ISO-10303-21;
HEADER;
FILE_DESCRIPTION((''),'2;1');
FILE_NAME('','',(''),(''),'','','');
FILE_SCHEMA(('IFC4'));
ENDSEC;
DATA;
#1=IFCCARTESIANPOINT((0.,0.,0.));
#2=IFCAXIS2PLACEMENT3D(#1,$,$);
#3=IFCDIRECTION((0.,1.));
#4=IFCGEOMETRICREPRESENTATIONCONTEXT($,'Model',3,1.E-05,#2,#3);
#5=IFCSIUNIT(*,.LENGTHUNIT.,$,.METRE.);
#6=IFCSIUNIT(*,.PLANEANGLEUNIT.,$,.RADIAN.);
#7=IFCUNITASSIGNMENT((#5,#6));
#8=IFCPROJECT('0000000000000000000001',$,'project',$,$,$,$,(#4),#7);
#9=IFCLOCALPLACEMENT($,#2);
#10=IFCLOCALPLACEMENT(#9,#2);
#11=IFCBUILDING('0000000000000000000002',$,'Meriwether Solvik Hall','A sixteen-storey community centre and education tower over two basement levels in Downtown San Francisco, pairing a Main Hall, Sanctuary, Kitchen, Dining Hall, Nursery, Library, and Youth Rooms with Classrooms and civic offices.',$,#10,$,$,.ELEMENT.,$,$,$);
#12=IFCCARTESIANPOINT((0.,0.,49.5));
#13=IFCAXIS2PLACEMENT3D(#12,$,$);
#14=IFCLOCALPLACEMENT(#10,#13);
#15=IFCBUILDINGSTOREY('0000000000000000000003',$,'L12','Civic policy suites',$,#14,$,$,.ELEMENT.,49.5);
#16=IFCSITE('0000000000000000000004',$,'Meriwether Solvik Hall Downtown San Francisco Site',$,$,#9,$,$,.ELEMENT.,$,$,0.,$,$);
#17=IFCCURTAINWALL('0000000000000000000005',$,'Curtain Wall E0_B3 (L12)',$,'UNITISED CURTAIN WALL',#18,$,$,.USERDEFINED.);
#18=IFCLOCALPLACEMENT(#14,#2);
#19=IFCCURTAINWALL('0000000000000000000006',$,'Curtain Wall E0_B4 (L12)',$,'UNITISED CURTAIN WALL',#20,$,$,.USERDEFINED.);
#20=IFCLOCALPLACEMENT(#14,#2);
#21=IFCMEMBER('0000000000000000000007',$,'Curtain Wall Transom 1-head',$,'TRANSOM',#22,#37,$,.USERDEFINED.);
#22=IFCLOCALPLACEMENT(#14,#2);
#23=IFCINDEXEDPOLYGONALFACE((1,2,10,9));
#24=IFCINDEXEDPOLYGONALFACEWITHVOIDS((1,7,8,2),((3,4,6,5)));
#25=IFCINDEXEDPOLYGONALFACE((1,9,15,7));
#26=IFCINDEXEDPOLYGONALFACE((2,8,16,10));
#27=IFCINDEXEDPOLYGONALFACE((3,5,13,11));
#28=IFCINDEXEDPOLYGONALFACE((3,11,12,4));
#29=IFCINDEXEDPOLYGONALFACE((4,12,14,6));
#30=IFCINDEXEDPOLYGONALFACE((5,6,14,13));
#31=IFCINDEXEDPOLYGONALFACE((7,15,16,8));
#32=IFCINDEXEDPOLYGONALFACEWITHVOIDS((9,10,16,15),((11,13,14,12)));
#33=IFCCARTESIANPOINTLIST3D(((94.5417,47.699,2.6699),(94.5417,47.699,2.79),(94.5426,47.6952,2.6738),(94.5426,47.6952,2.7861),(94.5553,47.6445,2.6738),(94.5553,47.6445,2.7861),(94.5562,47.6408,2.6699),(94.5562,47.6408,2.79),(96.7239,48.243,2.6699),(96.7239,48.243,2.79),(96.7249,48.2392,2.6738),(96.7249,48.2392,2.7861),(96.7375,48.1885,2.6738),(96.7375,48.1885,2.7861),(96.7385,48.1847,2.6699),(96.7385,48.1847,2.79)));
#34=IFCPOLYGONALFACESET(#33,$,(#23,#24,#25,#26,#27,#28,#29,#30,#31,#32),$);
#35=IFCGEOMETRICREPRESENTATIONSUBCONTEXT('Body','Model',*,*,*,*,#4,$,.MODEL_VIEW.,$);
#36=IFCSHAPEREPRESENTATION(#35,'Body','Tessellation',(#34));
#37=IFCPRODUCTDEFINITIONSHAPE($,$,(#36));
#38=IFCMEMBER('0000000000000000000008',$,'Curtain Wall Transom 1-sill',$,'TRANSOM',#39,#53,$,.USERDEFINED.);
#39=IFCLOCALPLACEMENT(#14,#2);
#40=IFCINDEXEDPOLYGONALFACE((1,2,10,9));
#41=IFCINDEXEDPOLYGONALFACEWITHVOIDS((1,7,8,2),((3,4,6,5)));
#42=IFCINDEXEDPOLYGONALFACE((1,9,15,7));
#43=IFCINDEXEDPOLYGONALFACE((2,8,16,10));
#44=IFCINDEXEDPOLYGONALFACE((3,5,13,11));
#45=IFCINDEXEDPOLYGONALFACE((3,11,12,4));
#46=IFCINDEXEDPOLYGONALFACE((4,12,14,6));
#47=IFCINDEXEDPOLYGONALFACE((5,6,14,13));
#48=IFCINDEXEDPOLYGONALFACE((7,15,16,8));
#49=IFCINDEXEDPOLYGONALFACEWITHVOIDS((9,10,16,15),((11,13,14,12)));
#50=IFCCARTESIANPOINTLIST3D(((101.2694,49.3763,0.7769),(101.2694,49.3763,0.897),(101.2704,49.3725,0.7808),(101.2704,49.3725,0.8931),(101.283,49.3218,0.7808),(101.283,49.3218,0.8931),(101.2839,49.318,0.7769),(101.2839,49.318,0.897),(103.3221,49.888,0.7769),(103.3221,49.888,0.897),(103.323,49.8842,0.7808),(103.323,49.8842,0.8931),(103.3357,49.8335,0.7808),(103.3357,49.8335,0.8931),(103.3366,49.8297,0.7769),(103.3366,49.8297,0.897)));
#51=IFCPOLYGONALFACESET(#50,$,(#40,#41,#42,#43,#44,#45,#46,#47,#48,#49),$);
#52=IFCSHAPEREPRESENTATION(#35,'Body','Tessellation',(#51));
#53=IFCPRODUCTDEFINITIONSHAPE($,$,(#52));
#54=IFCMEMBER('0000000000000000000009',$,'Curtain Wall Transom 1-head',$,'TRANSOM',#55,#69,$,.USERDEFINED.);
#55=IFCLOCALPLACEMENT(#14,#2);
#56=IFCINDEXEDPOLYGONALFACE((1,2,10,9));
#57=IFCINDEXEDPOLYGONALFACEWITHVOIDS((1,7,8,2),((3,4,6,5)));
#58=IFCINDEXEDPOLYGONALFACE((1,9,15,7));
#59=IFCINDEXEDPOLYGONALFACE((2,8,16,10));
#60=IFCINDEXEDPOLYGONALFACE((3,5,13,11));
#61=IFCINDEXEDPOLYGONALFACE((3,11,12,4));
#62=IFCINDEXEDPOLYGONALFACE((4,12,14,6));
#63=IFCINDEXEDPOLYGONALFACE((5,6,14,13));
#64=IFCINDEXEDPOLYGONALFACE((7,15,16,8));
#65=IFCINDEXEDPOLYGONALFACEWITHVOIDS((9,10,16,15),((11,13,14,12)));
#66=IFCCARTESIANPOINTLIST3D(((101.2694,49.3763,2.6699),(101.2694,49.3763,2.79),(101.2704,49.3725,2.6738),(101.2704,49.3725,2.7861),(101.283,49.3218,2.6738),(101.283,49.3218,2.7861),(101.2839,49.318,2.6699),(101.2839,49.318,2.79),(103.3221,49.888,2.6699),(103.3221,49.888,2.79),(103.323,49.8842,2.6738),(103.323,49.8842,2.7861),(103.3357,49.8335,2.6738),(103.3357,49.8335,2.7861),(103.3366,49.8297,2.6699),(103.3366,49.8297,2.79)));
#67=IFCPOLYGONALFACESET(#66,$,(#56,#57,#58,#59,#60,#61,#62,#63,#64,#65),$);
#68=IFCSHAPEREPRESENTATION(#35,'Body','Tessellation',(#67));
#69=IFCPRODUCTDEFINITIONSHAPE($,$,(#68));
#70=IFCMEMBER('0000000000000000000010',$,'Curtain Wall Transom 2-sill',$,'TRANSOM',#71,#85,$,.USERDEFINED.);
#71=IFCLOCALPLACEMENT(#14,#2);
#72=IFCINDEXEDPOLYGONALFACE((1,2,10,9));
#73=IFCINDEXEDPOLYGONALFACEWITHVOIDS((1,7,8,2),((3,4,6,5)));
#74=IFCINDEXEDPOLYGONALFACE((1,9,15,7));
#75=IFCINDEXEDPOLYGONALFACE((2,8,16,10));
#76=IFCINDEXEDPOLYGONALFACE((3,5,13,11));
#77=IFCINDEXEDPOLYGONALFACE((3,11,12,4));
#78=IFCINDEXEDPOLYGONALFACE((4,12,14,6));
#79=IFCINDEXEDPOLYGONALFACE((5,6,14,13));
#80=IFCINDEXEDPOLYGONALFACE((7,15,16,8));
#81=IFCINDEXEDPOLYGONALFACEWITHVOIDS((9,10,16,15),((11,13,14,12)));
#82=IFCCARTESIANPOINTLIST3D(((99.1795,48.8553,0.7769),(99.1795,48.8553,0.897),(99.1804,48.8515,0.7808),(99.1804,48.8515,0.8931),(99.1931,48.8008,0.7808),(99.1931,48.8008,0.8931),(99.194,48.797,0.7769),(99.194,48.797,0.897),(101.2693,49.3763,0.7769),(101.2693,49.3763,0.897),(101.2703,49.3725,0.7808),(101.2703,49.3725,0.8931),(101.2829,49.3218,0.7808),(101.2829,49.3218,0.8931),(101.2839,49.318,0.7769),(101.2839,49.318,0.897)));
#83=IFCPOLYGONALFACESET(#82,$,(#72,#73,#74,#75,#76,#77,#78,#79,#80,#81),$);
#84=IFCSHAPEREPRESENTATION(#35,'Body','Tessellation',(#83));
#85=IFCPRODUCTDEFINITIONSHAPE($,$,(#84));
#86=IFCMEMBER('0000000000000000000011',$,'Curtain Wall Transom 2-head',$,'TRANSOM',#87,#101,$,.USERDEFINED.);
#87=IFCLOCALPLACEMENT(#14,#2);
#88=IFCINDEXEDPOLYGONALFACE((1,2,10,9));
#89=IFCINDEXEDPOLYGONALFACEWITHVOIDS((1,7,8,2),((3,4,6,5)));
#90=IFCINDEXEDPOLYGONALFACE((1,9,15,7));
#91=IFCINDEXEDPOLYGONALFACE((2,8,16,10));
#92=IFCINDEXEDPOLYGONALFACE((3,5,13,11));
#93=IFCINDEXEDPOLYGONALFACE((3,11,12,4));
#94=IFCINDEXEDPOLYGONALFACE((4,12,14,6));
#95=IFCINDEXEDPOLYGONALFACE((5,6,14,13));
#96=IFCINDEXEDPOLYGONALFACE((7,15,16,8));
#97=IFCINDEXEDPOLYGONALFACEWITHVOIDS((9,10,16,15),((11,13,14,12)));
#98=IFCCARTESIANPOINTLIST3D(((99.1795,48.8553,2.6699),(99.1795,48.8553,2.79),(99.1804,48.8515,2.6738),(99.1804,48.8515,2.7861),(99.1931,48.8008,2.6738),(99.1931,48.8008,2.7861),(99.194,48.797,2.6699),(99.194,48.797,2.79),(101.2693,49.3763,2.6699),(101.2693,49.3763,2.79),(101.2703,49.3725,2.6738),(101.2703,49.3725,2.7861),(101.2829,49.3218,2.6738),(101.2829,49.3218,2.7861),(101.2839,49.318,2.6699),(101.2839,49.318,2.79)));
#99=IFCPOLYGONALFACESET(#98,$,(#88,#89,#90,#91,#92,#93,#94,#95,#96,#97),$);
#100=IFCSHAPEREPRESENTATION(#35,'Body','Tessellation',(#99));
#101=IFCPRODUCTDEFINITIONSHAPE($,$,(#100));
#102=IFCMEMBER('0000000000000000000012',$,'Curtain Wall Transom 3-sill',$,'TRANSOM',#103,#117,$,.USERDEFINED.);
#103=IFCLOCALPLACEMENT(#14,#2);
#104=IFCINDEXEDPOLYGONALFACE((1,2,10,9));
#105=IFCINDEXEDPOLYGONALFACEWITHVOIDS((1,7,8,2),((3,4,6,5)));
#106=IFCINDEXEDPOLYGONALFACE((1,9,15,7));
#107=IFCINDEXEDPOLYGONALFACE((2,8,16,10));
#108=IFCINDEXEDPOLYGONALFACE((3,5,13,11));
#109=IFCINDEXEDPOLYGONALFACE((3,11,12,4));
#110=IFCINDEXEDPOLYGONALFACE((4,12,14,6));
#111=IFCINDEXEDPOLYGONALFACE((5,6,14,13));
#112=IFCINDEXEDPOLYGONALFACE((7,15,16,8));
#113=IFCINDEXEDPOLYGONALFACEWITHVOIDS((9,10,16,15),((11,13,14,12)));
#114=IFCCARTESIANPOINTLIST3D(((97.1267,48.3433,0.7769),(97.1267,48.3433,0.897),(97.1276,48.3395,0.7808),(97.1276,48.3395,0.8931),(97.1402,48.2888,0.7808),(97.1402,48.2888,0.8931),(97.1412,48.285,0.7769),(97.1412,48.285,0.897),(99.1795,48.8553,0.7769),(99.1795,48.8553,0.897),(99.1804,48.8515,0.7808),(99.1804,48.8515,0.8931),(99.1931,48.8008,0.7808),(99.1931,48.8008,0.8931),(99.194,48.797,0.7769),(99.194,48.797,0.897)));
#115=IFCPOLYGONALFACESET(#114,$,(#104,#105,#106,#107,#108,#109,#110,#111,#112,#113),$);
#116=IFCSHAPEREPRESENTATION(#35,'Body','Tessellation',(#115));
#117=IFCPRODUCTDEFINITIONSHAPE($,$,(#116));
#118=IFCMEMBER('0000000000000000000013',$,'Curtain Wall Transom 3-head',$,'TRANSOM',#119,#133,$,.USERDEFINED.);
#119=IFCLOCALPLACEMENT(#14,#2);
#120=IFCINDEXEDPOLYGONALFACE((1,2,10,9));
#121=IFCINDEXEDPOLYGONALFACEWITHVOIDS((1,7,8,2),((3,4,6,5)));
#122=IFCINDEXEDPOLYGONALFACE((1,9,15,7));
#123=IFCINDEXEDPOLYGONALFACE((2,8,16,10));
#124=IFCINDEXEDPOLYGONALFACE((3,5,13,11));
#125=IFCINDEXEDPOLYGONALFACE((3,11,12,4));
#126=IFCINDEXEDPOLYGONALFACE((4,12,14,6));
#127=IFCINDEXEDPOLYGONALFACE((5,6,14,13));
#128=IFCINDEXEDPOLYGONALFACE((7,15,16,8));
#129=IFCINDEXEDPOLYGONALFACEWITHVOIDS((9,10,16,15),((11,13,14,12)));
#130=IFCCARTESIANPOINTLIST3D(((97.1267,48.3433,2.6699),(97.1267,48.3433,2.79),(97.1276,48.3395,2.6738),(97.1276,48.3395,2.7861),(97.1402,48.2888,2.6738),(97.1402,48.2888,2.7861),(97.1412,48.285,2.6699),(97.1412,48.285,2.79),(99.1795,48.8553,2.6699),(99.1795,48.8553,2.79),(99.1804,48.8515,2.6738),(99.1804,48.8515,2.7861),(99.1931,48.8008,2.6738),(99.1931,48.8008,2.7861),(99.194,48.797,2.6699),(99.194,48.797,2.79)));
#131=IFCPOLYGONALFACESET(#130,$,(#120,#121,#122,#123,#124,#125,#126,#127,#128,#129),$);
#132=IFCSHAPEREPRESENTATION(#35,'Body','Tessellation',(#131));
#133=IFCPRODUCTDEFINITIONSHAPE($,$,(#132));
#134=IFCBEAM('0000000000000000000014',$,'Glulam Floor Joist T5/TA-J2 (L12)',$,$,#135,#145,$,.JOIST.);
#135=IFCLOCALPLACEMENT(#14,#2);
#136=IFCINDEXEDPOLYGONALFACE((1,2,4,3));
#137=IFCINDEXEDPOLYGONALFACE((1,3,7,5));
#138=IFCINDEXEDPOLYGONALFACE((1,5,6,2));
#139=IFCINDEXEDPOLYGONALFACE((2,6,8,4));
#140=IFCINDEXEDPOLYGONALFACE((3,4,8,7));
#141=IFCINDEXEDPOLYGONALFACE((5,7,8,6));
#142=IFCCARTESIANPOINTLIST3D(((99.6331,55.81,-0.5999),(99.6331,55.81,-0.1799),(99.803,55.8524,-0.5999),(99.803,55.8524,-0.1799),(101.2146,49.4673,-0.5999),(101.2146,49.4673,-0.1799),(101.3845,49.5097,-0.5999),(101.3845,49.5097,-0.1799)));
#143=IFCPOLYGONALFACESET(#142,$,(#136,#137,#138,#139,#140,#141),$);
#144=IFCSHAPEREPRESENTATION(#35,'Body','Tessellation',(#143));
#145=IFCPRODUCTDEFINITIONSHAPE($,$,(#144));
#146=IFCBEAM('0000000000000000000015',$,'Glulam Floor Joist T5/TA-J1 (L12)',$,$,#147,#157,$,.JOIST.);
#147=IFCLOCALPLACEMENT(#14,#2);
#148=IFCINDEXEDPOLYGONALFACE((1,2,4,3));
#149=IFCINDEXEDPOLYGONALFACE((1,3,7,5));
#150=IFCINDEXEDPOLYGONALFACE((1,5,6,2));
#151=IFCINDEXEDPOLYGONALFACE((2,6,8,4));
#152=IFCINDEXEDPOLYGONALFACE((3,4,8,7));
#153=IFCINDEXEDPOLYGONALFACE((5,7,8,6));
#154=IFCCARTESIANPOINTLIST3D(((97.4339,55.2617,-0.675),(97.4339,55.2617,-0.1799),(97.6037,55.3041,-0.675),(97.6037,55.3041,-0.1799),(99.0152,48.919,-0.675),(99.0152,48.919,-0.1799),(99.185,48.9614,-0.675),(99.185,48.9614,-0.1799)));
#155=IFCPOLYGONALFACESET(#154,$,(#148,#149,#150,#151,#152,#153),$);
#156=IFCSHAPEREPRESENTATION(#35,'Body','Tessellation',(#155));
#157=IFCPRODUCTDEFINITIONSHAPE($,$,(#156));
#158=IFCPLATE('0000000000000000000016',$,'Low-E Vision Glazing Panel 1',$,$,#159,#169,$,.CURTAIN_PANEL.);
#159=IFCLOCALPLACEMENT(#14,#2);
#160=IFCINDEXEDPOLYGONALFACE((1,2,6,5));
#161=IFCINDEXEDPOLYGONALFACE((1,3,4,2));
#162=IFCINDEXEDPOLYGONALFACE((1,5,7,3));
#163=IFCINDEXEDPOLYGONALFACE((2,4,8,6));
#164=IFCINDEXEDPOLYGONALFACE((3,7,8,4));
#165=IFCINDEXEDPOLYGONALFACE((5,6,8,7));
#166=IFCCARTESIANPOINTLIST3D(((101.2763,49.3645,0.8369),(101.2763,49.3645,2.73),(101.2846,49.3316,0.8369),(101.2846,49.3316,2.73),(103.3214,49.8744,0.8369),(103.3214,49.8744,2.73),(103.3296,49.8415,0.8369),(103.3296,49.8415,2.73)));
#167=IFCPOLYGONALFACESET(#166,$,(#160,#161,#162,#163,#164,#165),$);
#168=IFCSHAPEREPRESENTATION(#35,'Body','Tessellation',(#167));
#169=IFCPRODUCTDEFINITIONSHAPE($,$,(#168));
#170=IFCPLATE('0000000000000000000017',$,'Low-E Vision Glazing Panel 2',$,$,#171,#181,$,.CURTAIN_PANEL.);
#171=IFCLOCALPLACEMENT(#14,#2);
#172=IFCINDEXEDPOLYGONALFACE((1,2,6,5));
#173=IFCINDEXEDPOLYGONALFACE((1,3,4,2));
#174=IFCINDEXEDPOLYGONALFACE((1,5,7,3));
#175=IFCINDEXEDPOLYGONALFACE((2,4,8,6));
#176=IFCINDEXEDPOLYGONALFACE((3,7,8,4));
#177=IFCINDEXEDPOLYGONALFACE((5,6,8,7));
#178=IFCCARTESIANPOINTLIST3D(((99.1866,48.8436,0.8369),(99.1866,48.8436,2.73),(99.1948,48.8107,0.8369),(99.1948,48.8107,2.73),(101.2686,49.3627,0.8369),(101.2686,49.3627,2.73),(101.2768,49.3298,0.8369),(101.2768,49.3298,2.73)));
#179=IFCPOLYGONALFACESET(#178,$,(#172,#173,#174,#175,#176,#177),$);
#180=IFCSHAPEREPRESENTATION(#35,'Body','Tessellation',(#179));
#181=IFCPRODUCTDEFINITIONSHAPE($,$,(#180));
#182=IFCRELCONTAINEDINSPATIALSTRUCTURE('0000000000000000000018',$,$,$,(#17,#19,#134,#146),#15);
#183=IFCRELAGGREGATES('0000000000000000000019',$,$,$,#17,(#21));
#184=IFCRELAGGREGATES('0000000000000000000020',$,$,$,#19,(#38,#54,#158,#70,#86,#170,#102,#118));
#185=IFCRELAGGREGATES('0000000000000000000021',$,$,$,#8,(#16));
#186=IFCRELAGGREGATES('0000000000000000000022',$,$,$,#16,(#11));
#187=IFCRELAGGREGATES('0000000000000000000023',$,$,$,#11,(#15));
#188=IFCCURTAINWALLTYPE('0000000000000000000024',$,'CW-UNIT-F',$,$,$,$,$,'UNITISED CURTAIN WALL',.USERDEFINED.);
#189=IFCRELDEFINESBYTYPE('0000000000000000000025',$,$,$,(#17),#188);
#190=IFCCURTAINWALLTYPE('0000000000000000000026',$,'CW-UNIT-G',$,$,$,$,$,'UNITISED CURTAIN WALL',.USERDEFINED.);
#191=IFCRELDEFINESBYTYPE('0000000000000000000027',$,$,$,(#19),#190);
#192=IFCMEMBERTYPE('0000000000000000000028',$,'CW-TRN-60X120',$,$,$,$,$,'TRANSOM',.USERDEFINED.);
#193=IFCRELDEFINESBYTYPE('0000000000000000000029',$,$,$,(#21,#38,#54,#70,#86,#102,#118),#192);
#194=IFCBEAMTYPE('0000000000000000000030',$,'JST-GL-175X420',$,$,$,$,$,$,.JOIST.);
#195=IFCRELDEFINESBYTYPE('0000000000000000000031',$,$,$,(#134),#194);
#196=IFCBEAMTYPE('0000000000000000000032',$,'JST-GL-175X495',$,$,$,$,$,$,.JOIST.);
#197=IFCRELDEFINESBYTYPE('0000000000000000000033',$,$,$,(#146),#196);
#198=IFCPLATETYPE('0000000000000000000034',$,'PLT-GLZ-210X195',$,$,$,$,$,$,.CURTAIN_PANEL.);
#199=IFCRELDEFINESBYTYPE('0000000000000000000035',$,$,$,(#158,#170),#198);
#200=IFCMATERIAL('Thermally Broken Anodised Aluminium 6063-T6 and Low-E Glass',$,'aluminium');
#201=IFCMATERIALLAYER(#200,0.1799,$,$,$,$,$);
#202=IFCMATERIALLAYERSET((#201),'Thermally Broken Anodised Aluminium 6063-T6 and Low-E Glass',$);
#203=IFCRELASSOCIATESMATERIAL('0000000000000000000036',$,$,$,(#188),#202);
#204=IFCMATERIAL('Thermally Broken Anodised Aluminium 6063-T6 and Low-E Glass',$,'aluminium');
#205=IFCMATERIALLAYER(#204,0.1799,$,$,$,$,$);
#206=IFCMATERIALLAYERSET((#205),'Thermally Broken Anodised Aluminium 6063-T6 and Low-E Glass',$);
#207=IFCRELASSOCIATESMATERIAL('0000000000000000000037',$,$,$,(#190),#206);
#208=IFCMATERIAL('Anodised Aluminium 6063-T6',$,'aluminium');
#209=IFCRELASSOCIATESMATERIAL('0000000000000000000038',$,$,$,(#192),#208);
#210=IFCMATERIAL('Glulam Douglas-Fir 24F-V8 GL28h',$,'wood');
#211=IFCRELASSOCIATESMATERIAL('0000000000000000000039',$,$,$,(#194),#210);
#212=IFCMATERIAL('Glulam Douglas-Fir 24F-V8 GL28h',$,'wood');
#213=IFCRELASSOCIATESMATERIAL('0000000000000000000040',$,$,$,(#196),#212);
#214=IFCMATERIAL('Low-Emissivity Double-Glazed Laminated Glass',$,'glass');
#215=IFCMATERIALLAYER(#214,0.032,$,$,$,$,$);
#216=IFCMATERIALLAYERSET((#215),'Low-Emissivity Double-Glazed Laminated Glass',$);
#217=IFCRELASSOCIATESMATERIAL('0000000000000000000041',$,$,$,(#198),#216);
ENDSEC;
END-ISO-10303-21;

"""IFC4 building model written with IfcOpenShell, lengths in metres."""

from ifc_helpers import new_model, si_unit, direction, frame, origin, origin_2d, place, context, subcontext, project, spatial, rectangle, hollow_rectangle, extrude, material, layer, layer_set, material_profile, profile_set, type_object, element, aggregate, save


model = new_model("IFC4")

# Units and contexts
model_context = context("Model", 3, precision=1e-05, world=origin(), true_north=direction((0.0, 1.0)))
body_context = subcontext(model_context, "Body", "Model", "MODEL_VIEW")
ifc_project = project(units=[si_unit("LENGTHUNIT", "METRE"), si_unit("PLANEANGLEUNIT", "RADIAN")], contexts=[model_context])

# Site, building, storey
site_placement = place(None, origin())
site = spatial("IfcSite", under=ifc_project, at=site_placement, Name="Meriwether Solvik Hall Downtown San Francisco Site", CompositionType="ELEMENT", RefElevation=0.0)
building_placement = place(site_placement, origin())
building = spatial("IfcBuilding", under=site, at=building_placement, Name="Meriwether Solvik Hall", Description="A sixteen-storey community centre and education tower over two basement levels in Downtown San Francisco, pairing a Main Hall, Sanctuary, Kitchen, Dining Hall, Nursery, Library, and Youth Rooms with Classrooms and civic offices.", CompositionType="ELEMENT")
storey_placement = place(building_placement, frame((0.0, 0.0, 49.5)))
storey = spatial("IfcBuildingStorey", under=building, at=storey_placement, Name="L12", Description="Civic policy suites", CompositionType="ELEMENT", Elevation=49.5)

# Curtain wall
ifc_material_1 = material(Name="Thermally Broken Anodised Aluminium 6063-T6 and Low-E Glass", Category="aluminium")
ifc_layer_1 = layer(ifc_material_1, 0.1799)
ifc_layer_set_1 = layer_set([ifc_layer_1], Name="Thermally Broken Anodised Aluminium 6063-T6 and Low-E Glass")
curtain_wall_type_1 = type_object("IfcCurtainWallType", Name="CW-UNIT-F", ElementType="UNITISED CURTAIN WALL", PredefinedType="USERDEFINED", material=ifc_layer_set_1)
curtain_wall_1_placement = place(storey_placement, origin())
curtain_wall_1 = element("IfcCurtainWall", 1, at=curtain_wall_1_placement, inside=storey, type_object=curtain_wall_type_1, Name="Curtain Wall E0_B3 (L12)", ObjectType="UNITISED CURTAIN WALL", PredefinedType="USERDEFINED")

# Curtain wall
ifc_material_2 = material(Name="Thermally Broken Anodised Aluminium 6063-T6 and Low-E Glass", Category="aluminium")
ifc_layer_2 = layer(ifc_material_2, 0.1799)
ifc_layer_set_2 = layer_set([ifc_layer_2], Name="Thermally Broken Anodised Aluminium 6063-T6 and Low-E Glass")
curtain_wall_type_2 = type_object("IfcCurtainWallType", Name="CW-UNIT-G", ElementType="UNITISED CURTAIN WALL", PredefinedType="USERDEFINED", material=ifc_layer_set_2)
curtain_wall_2_placement = place(storey_placement, origin())
curtain_wall_2 = element("IfcCurtainWall", 2, at=curtain_wall_2_placement, inside=storey, type_object=curtain_wall_type_2, Name="Curtain Wall E0_B4 (L12)", ObjectType="UNITISED CURTAIN WALL", PredefinedType="USERDEFINED")

# Members
ifc_material_3 = material(Name="Anodised Aluminium 6063-T6", Category="aluminium")
ifc_material_profile_1 = material_profile(ifc_material_3, hollow_rectangle(XDim=0.0601, YDim=0.1201, WallThickness=0.0039, at=origin_2d()), Name="CWT-60X120")
ifc_profile_set_1 = profile_set([ifc_material_profile_1], Name="Anodised Aluminium 6063-T6")
member_type_1 = type_object("IfcMemberType", Name="CW-TRN-60X120", ElementType="TRANSOM", PredefinedType="USERDEFINED", material=ifc_profile_set_1)
member_1_placement = place(storey_placement, frame((96.7312, 48.2139, 2.73), z_axis=(-0.970308, -0.241871, 0.0), x_axis=(0.241871, -0.970308, 0.0)))
member_1 = element("IfcMember", 3, at=member_1_placement, type_object=member_type_1, Name="Curtain Wall Transom 1-head", ObjectType="TRANSOM", PredefinedType="USERDEFINED", context=body_context, shape_type="SweptSolid", body=[
    extrude(hollow_rectangle(XDim=0.0601, YDim=0.1201, WallThickness=0.0039, at=origin_2d()), origin(), (0.0, 0.0, 1.0), 2.249),
])
member_2_placement = place(storey_placement, frame((103.3293, 49.8589, 0.8369), z_axis=(-0.970305, -0.241884, 0.0), x_axis=(0.241884, -0.970305, 0.0)))
member_2 = element("IfcMember", 4, at=member_2_placement, type_object=member_type_1, Name="Curtain Wall Transom 1-sill", ObjectType="TRANSOM", PredefinedType="USERDEFINED", context=body_context, shape_type="SweptSolid", body=[
    extrude(hollow_rectangle(XDim=0.0601, YDim=0.1201, WallThickness=0.0039, at=origin_2d()), origin(), (0.0, 0.0, 1.0), 2.1155),
])
member_3_placement = place(storey_placement, frame((103.3293, 49.8589, 2.73), z_axis=(-0.970305, -0.241884, 0.0), x_axis=(0.241884, -0.970305, 0.0)))
member_3 = element("IfcMember", 5, at=member_3_placement, type_object=member_type_1, Name="Curtain Wall Transom 1-head", ObjectType="TRANSOM", PredefinedType="USERDEFINED", context=body_context, shape_type="SweptSolid", body=[
    extrude(hollow_rectangle(XDim=0.0601, YDim=0.1201, WallThickness=0.0039, at=origin_2d()), origin(), (0.0, 0.0, 1.0), 2.1155),
])
member_4_placement = place(storey_placement, frame((101.2766, 49.3472, 0.8369), z_axis=(-0.970302, -0.241895, 0.0), x_axis=(0.241895, -0.970302, 0.0)))
member_4 = element("IfcMember", 6, at=member_4_placement, type_object=member_type_1, Name="Curtain Wall Transom 2-sill", ObjectType="TRANSOM", PredefinedType="USERDEFINED", context=body_context, shape_type="SweptSolid", body=[
    extrude(hollow_rectangle(XDim=0.0601, YDim=0.1201, WallThickness=0.0039, at=origin_2d()), origin(), (0.0, 0.0, 1.0), 2.1538),
])
member_5_placement = place(storey_placement, frame((101.2766, 49.3472, 2.73), z_axis=(-0.970302, -0.241895, 0.0), x_axis=(0.241895, -0.970302, 0.0)))
member_5 = element("IfcMember", 7, at=member_5_placement, type_object=member_type_1, Name="Curtain Wall Transom 2-head", ObjectType="TRANSOM", PredefinedType="USERDEFINED", context=body_context, shape_type="SweptSolid", body=[
    extrude(hollow_rectangle(XDim=0.0601, YDim=0.1201, WallThickness=0.0039, at=origin_2d()), origin(), (0.0, 0.0, 1.0), 2.1538),
])
member_6_placement = place(storey_placement, frame((99.1868, 48.8262, 0.8369), z_axis=(-0.970278, -0.241993, 0.0), x_axis=(0.241993, -0.970278, 0.0)))
member_6 = element("IfcMember", 8, at=member_6_placement, type_object=member_type_1, Name="Curtain Wall Transom 3-sill", ObjectType="TRANSOM", PredefinedType="USERDEFINED", context=body_context, shape_type="SweptSolid", body=[
    extrude(hollow_rectangle(XDim=0.0601, YDim=0.1201, WallThickness=0.0039, at=origin_2d()), origin(), (0.0, 0.0, 1.0), 2.1157),
])
member_7_placement = place(storey_placement, frame((99.1868, 48.8262, 2.73), z_axis=(-0.970278, -0.241993, 0.0), x_axis=(0.241993, -0.970278, 0.0)))
member_7 = element("IfcMember", 9, at=member_7_placement, type_object=member_type_1, Name="Curtain Wall Transom 3-head", ObjectType="TRANSOM", PredefinedType="USERDEFINED", context=body_context, shape_type="SweptSolid", body=[
    extrude(hollow_rectangle(XDim=0.0601, YDim=0.1201, WallThickness=0.0039, at=origin_2d()), origin(), (0.0, 0.0, 1.0), 2.1157),
])

# Beams
ifc_material_4 = material(Name="Glulam Douglas-Fir 24F-V8 GL28h", Category="wood")
ifc_material_profile_2 = material_profile(ifc_material_4, rectangle(XDim=0.175, YDim=0.4199, at=origin_2d()), Name="GLJ-175X420")
ifc_profile_set_2 = profile_set([ifc_material_profile_2], Name="Glulam Douglas-Fir 24F-V8 GL28h")
beam_type_1 = type_object("IfcBeamType", Name="JST-GL-175X420", PredefinedType="JOIST", material=ifc_profile_set_2)
beam_1_placement = place(storey_placement, frame((101.2996, 49.4885, -0.3899), z_axis=(-0.241938, 0.970292, 0.0), x_axis=(-0.970292, -0.241938, 0.0)))
element("IfcBeam", 10, at=beam_1_placement, inside=storey, type_object=beam_type_1, Name="Glulam Floor Joist T5/TA-J2 (L12)", PredefinedType="JOIST", context=body_context, shape_type="SweptSolid", body=[
    extrude(rectangle(XDim=0.175, YDim=0.4199, at=origin_2d()), origin(), (0.0, 0.0, 1.0), 6.5369),
])
ifc_material_5 = material(Name="Glulam Douglas-Fir 24F-V8 GL28h", Category="wood")
ifc_material_profile_3 = material_profile(ifc_material_5, rectangle(XDim=0.175, YDim=0.4951, at=origin_2d()), Name="GLJ-175X495")
ifc_profile_set_3 = profile_set([ifc_material_profile_3], Name="Glulam Douglas-Fir 24F-V8 GL28h")
beam_type_2 = type_object("IfcBeamType", Name="JST-GL-175X495", PredefinedType="JOIST", material=ifc_profile_set_3)
beam_2_placement = place(storey_placement, frame((99.1001, 48.9402, -0.4275), z_axis=(-0.241903, 0.9703, 0.0), x_axis=(-0.9703, -0.241903, 0.0)))
element("IfcBeam", 11, at=beam_2_placement, inside=storey, type_object=beam_type_2, Name="Glulam Floor Joist T5/TA-J1 (L12)", PredefinedType="JOIST", context=body_context, shape_type="SweptSolid", body=[
    extrude(rectangle(XDim=0.175, YDim=0.4951, at=origin_2d()), origin(), (0.0, 0.0, 1.0), 6.5369),
])

# Plates
ifc_material_6 = material(Name="Low-Emissivity Double-Glazed Laminated Glass", Category="glass")
ifc_layer_3 = layer(ifc_material_6, 0.032)
ifc_layer_set_3 = layer_set([ifc_layer_3], Name="Low-Emissivity Double-Glazed Laminated Glass")
plate_type_1 = type_object("IfcPlateType", Name="PLT-GLZ-210X195", PredefinedType="CURTAIN_PANEL", material=ifc_layer_set_3)
plate_1_placement = place(storey_placement, frame((102.303, 49.603, 0.8369), z_axis=(0.0, 0.0, 1.0), x_axis=(-0.970296, -0.241922, 0.0)))
plate_1 = element("IfcPlate", 12, at=plate_1_placement, type_object=plate_type_1, Name="Low-E Vision Glazing Panel 1", PredefinedType="CURTAIN_PANEL", context=body_context, shape_type="SweptSolid", body=[
    extrude(rectangle(XDim=2.1077, YDim=0.0339, at=origin_2d()), origin(), (0.0, 0.0, 1.0), 1.8931),
])
plate_2_placement = place(storey_placement, frame((100.2317, 49.0867, 0.8369), z_axis=(0.0, 0.0, 1.0), x_axis=(-0.970296, -0.241922, 0.0)))
plate_2 = element("IfcPlate", 13, at=plate_2_placement, type_object=plate_type_1, Name="Low-E Vision Glazing Panel 2", PredefinedType="CURTAIN_PANEL", context=body_context, shape_type="SweptSolid", body=[
    extrude(rectangle(XDim=2.1458, YDim=0.0339, at=origin_2d()), origin(), (0.0, 0.0, 1.0), 1.8931),
])
aggregate(curtain_wall_1, [member_1])
aggregate(curtain_wall_2, [member_2, member_3, plate_1, member_4, member_5, plate_2, member_6, member_7])

save(model, "model.ifc")
